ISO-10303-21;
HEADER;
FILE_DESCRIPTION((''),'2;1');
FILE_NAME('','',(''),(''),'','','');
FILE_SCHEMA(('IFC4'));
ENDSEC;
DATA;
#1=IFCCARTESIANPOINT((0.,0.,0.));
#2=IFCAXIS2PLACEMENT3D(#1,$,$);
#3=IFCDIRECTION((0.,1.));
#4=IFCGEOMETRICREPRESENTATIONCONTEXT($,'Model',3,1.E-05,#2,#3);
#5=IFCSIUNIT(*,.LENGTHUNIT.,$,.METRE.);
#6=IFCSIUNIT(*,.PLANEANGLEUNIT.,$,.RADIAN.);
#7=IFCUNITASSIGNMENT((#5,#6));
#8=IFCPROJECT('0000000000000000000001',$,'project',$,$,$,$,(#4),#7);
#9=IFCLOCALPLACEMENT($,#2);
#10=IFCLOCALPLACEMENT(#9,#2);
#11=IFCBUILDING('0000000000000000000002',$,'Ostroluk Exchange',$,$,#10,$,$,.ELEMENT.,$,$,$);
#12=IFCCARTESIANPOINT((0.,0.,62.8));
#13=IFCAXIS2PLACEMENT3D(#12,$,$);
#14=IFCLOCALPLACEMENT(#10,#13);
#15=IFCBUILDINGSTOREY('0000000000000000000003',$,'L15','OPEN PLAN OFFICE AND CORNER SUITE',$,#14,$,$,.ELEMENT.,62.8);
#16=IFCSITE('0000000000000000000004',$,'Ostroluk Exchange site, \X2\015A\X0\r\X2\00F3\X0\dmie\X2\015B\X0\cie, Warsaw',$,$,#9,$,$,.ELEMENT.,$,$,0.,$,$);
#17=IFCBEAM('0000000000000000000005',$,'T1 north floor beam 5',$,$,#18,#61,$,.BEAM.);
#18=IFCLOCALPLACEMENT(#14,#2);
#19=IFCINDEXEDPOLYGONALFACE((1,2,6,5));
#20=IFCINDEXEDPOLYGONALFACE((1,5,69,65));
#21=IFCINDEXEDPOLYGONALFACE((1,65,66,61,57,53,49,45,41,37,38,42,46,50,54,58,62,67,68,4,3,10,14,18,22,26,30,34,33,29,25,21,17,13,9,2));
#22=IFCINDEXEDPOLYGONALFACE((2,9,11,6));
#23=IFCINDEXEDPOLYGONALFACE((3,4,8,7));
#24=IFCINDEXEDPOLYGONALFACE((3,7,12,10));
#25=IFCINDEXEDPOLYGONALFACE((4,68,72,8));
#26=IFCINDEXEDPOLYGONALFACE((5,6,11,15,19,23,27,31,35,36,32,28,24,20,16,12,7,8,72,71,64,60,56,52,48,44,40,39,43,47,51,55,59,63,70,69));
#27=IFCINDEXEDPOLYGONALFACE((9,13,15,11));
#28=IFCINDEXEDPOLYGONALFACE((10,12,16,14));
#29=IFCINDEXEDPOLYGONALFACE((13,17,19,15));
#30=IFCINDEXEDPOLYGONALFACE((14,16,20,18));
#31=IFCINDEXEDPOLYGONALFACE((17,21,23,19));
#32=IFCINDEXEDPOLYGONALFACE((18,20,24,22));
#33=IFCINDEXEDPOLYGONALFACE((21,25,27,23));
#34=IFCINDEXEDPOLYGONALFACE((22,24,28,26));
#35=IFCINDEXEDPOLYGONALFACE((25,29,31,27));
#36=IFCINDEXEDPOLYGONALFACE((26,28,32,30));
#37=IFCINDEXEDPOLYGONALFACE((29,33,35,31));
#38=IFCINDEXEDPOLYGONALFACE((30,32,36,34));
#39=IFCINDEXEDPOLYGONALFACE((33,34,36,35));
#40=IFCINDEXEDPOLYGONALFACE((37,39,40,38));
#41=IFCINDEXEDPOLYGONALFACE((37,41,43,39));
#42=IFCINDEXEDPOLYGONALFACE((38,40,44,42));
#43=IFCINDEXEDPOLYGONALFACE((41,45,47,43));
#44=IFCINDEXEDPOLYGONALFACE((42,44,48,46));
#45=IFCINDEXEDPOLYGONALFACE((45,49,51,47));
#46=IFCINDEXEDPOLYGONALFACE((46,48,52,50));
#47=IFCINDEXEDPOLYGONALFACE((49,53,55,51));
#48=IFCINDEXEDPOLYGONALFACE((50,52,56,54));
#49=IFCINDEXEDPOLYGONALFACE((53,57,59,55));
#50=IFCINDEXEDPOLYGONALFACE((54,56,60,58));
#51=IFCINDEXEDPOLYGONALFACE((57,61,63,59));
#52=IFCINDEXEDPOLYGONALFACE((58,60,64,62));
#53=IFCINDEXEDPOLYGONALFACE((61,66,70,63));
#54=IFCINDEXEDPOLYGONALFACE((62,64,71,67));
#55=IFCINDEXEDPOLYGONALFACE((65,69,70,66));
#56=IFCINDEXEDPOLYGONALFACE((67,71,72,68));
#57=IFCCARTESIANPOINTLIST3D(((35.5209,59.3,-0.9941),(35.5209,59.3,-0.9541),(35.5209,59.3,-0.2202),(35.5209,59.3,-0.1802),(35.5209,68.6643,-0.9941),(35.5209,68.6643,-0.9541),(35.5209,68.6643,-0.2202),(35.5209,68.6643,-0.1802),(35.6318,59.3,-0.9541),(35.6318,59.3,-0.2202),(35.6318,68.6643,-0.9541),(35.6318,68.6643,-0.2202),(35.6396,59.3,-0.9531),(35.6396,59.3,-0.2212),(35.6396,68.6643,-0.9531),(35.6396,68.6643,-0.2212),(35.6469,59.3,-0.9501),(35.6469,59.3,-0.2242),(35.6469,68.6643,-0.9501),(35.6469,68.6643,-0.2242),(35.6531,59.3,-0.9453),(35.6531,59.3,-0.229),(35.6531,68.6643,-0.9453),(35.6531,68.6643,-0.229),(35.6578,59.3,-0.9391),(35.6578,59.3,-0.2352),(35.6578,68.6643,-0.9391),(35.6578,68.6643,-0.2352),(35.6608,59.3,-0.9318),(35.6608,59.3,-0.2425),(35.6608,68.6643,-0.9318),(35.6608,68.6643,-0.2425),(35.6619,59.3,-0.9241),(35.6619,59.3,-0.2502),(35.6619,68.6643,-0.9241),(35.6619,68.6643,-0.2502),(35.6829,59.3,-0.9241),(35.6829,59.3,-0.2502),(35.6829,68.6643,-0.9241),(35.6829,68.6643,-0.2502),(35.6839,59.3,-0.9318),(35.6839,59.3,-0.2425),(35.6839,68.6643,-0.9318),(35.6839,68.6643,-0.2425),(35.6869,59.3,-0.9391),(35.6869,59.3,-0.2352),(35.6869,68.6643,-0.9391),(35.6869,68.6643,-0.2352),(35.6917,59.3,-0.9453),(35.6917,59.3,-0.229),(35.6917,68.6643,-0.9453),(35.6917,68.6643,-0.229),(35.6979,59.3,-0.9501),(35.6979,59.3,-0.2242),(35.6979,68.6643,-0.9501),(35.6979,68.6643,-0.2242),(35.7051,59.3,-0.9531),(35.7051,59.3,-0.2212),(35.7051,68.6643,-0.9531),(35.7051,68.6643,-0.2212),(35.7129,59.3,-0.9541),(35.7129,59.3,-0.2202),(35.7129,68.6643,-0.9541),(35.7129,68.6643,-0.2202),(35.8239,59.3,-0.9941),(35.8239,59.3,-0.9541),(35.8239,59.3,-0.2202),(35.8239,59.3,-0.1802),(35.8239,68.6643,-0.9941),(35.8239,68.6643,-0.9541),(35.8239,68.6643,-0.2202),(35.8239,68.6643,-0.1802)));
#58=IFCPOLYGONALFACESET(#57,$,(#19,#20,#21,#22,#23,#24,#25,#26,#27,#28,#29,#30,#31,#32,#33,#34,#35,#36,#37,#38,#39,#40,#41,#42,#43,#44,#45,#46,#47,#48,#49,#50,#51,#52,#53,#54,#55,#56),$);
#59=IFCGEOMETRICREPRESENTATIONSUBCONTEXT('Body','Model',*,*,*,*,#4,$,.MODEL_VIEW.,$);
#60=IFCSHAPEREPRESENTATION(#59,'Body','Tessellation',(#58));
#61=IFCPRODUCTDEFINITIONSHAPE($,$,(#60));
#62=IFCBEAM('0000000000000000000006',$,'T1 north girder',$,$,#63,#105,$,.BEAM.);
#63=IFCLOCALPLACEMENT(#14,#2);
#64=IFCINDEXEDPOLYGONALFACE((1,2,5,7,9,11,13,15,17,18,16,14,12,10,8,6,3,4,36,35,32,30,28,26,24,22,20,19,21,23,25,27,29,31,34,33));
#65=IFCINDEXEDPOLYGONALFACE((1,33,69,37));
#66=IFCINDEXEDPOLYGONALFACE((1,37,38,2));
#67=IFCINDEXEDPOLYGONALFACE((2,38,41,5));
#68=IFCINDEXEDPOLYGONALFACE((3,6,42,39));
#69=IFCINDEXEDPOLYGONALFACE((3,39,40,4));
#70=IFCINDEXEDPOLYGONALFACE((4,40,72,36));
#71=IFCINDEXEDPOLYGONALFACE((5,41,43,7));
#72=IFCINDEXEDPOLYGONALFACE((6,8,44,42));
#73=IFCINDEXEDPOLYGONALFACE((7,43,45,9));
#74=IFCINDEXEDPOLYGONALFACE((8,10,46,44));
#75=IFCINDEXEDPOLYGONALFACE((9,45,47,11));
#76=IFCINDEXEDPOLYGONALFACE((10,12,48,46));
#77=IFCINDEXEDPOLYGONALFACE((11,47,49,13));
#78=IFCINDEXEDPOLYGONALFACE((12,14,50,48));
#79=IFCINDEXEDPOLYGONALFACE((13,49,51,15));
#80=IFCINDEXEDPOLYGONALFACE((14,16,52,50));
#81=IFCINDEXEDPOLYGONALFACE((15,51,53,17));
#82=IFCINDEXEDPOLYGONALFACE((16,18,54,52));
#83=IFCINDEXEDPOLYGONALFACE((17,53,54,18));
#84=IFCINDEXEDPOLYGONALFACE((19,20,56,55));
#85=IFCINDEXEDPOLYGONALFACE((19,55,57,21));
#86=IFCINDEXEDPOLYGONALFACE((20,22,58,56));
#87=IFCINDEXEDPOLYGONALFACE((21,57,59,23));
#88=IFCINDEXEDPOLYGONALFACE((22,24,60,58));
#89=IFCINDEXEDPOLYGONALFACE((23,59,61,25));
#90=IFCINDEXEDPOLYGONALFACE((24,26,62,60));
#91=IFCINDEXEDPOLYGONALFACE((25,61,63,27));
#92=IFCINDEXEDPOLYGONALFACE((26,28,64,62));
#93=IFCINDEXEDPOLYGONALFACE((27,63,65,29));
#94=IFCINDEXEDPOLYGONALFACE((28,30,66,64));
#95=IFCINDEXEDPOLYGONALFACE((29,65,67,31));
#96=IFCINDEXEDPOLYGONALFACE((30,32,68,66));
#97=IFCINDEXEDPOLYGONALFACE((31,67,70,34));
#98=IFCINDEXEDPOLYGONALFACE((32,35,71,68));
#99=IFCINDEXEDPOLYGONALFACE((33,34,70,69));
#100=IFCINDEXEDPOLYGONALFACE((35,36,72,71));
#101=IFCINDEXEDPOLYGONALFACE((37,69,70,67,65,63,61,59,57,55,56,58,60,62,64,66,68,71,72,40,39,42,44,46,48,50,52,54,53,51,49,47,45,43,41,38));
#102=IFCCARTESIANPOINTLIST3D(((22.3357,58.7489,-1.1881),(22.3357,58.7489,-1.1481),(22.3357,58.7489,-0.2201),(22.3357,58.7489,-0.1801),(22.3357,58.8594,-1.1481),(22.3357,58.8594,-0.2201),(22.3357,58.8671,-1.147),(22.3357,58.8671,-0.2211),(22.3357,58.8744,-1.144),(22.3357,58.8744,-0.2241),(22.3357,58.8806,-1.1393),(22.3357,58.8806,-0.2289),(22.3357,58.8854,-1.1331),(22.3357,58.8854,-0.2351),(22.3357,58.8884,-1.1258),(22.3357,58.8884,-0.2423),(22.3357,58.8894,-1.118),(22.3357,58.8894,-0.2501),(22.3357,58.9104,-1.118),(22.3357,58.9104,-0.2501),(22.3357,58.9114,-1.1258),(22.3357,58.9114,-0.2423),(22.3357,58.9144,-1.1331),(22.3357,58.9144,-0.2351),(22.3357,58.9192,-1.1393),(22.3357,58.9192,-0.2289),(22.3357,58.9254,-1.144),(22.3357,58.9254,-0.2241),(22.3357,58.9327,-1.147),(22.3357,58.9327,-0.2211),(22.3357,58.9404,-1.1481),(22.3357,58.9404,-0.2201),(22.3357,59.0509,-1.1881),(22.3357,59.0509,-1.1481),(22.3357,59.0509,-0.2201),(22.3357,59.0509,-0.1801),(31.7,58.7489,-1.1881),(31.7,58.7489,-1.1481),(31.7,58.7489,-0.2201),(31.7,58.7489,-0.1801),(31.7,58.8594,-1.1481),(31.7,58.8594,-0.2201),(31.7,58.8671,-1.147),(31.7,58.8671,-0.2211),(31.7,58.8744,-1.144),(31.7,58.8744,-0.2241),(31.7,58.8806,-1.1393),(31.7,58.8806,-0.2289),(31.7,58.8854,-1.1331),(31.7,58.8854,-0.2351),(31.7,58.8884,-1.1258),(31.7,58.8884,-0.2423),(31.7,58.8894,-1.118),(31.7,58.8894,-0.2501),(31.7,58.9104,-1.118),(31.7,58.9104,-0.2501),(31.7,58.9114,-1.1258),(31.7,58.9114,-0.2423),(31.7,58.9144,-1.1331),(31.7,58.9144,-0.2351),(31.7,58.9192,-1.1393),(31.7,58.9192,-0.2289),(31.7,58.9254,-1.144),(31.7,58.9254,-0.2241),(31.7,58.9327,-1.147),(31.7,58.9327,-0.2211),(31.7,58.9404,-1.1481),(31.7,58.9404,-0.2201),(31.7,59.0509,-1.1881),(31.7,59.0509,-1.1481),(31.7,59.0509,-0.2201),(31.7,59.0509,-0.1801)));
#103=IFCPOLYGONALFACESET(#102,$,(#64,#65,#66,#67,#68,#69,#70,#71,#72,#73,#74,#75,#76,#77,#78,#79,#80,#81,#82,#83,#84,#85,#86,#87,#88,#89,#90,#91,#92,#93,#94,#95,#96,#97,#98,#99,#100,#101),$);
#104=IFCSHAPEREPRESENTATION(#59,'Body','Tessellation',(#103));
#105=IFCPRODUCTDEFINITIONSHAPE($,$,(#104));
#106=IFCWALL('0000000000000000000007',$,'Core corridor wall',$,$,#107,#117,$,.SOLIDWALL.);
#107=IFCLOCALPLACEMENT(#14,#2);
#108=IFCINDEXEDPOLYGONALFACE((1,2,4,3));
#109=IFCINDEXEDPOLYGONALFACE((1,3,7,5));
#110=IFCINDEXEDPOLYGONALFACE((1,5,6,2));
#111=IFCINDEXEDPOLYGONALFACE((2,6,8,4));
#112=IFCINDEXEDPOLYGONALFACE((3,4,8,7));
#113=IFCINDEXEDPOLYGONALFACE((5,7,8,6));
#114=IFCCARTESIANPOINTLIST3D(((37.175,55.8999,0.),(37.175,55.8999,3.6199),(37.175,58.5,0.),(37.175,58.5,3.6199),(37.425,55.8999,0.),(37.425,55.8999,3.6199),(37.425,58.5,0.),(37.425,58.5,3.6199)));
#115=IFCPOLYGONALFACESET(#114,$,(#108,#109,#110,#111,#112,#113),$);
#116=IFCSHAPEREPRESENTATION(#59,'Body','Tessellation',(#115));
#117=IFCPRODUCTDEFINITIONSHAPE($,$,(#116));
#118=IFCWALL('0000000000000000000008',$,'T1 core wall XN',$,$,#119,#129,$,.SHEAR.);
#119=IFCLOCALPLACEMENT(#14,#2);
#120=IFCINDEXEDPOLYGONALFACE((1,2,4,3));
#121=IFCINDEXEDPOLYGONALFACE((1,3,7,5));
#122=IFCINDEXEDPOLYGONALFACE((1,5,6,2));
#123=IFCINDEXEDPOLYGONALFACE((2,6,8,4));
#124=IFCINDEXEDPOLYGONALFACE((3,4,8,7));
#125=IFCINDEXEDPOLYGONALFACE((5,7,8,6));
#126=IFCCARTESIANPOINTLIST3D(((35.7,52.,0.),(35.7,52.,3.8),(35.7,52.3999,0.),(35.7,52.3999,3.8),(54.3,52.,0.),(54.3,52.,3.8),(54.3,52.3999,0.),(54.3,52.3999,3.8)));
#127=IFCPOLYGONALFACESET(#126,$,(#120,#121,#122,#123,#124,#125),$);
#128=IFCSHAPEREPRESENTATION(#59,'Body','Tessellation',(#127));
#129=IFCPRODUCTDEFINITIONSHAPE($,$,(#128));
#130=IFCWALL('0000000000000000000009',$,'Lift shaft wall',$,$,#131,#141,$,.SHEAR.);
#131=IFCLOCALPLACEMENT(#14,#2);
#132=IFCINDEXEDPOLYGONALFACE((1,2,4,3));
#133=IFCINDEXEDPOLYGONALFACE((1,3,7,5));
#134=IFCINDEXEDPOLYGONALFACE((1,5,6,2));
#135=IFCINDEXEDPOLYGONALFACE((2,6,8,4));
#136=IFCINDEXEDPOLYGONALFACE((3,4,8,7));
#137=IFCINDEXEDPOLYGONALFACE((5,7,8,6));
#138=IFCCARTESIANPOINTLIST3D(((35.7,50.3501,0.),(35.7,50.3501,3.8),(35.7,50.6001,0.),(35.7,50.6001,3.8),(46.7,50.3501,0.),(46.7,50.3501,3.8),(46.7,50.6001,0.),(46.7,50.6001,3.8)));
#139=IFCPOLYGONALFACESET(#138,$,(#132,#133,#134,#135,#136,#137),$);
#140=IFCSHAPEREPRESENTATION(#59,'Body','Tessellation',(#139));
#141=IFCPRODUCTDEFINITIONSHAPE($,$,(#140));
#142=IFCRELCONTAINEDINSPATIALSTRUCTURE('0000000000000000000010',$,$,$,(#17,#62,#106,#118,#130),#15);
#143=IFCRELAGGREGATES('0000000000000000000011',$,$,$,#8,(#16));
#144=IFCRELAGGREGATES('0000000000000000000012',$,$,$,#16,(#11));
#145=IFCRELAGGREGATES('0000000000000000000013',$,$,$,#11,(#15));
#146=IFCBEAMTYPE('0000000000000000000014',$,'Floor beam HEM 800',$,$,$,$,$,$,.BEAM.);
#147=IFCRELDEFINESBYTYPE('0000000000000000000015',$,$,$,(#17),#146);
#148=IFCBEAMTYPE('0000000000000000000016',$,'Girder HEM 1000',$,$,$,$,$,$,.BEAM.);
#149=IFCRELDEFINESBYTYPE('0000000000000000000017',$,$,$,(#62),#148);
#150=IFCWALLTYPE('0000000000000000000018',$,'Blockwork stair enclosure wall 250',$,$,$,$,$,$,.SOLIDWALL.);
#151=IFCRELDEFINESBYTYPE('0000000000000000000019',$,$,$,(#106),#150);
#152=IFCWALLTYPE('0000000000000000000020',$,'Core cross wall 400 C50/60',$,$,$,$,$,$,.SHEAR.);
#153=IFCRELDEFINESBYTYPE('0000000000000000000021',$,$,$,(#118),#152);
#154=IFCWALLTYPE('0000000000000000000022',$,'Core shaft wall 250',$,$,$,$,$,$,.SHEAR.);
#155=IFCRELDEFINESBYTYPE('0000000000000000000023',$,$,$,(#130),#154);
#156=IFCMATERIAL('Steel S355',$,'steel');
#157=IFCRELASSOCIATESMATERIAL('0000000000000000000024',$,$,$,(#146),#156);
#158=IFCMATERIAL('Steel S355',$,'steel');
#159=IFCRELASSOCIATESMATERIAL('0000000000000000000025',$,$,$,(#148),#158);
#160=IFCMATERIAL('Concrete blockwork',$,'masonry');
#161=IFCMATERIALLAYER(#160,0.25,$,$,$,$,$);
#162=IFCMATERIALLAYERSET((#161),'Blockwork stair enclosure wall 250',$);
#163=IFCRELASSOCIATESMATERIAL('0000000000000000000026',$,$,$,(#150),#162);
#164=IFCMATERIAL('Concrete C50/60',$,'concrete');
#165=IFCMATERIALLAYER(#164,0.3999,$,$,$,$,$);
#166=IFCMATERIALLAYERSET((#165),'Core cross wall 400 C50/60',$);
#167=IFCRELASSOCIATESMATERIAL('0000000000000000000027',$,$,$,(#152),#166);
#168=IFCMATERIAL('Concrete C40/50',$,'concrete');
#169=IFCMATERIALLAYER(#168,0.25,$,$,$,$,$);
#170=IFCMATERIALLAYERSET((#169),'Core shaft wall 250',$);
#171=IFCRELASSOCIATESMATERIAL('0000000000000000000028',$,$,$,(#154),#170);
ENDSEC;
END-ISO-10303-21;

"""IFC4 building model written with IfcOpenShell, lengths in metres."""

from ifc_helpers import new_model, si_unit, direction, frame, frame_2d, origin, origin_2d, place, context, subcontext, project, spatial, rectangle, i_section, extrude, material, layer, layer_set, material_profile, profile_set, type_object, element, save


model = new_model("IFC4")

# Units and contexts
model_context = context("Model", 3, precision=1e-05, world=origin(), true_north=direction((0.0, 1.0)))
body_context = subcontext(model_context, "Body", "Model", "MODEL_VIEW")
ifc_project = project(units=[si_unit("LENGTHUNIT", "METRE"), si_unit("PLANEANGLEUNIT", "RADIAN")], contexts=[model_context])

# Site, building, storey
site_placement = place(None, origin())
site = spatial("IfcSite", under=ifc_project, at=site_placement, Name="Ostroluk Exchange site, Śródmieście, Warsaw", CompositionType="ELEMENT", RefElevation=0.0)
building_placement = place(site_placement, origin())
building = spatial("IfcBuilding", under=site, at=building_placement, Name="Ostroluk Exchange", CompositionType="ELEMENT")
storey_placement = place(building_placement, frame((0.0, 0.0, 62.8)))
storey = spatial("IfcBuildingStorey", under=building, at=storey_placement, Name="L15", Description="OPEN PLAN OFFICE AND CORNER SUITE", CompositionType="ELEMENT", Elevation=62.8)

# Beams
ifc_material_1 = material(Name="Steel S355", Category="steel")
ifc_material_profile_1 = material_profile(ifc_material_1, i_section(OverallWidth=0.303, OverallDepth=0.814, WebThickness=0.021, FlangeThickness=0.04, FilletRadius=0.03, at=origin_2d()), Name="HEM 800")
ifc_profile_set_1 = profile_set([ifc_material_profile_1], Name="Steel S355")
beam_type_1 = type_object("IfcBeamType", Name="Floor beam HEM 800", PredefinedType="BEAM", material=ifc_profile_set_1)
beam_1_placement = place(storey_placement, frame((35.6724, 59.3, -0.5872), z_axis=(0.0, 1.0, 0.0), x_axis=(-1.0, 0.0, 0.0)))
element("IfcBeam", 1, at=beam_1_placement, inside=storey, type_object=beam_type_1, Name="T1 north floor beam 5", PredefinedType="BEAM", context=body_context, shape_type="SweptSolid", body=[
    extrude(i_section(OverallWidth=0.303, OverallDepth=0.814, WebThickness=0.021, FlangeThickness=0.04, FilletRadius=0.03, at=origin_2d()), origin(), (0.0, 0.0, 1.0), 9.3643),
])
ifc_material_2 = material(Name="Steel S355", Category="steel")
ifc_material_profile_2 = material_profile(ifc_material_2, i_section(OverallWidth=0.302, OverallDepth=1.0081, WebThickness=0.021, FlangeThickness=0.04, FilletRadius=0.03, at=origin_2d()), Name="HEM 1000")
ifc_profile_set_2 = profile_set([ifc_material_profile_2], Name="Steel S355")
beam_type_2 = type_object("IfcBeamType", Name="Girder HEM 1000", PredefinedType="BEAM", material=ifc_profile_set_2)
beam_2_placement = place(storey_placement, frame((31.7, 58.8999, -0.6841), z_axis=(-1.0, 0.0, 0.0), x_axis=(0.0, -1.0, 0.0)))
element("IfcBeam", 2, at=beam_2_placement, inside=storey, type_object=beam_type_2, Name="T1 north girder", PredefinedType="BEAM", context=body_context, shape_type="SweptSolid", body=[
    extrude(i_section(OverallWidth=0.302, OverallDepth=1.0081, WebThickness=0.021, FlangeThickness=0.04, FilletRadius=0.03, at=origin_2d()), origin(), (0.0, 0.0, 1.0), 9.3643),
])

# Walls
ifc_material_3 = material(Name="Concrete blockwork", Category="masonry")
ifc_layer_1 = layer(ifc_material_3, 0.25)
ifc_layer_set_1 = layer_set([ifc_layer_1], Name="Blockwork stair enclosure wall 250")
wall_type_1 = type_object("IfcWallType", Name="Blockwork stair enclosure wall 250", PredefinedType="SOLIDWALL", material=ifc_layer_set_1)
wall_1_placement = place(storey_placement, frame((37.3, 55.8999, 0.0), z_axis=(0.0, 0.0, 1.0), x_axis=(0.0, 1.0, 0.0)))
element("IfcWall", 3, at=wall_1_placement, inside=storey, type_object=wall_type_1, Name="Core corridor wall", PredefinedType="SOLIDWALL", context=body_context, shape_type="SweptSolid", body=[
    extrude(rectangle(XDim=2.6001, YDim=0.25, at=frame_2d((1.3, 0.0))), origin(), (0.0, 0.0, 1.0), 3.6199),
])
ifc_material_4 = material(Name="Concrete C50/60", Category="concrete")
ifc_layer_2 = layer(ifc_material_4, 0.3999)
ifc_layer_set_2 = layer_set([ifc_layer_2], Name="Core cross wall 400 C50/60")
wall_type_2 = type_object("IfcWallType", Name="Core cross wall 400 C50/60", PredefinedType="SHEAR", material=ifc_layer_set_2)
wall_2_placement = place(storey_placement, frame((35.7, 52.2, 0.0), z_axis=(0.0, 0.0, 1.0), x_axis=(1.0, 0.0, 0.0)))
element("IfcWall", 4, at=wall_2_placement, inside=storey, type_object=wall_type_2, Name="T1 core wall XN", PredefinedType="SHEAR", context=body_context, shape_type="SweptSolid", body=[
    extrude(rectangle(XDim=18.6001, YDim=0.3999, at=frame_2d((9.3, 0.0))), origin(), (0.0, 0.0, 1.0), 3.8),
])
ifc_material_5 = material(Name="Concrete C40/50", Category="concrete")
ifc_layer_3 = layer(ifc_material_5, 0.25)
ifc_layer_set_3 = layer_set([ifc_layer_3], Name="Core shaft wall 250")
wall_type_3 = type_object("IfcWallType", Name="Core shaft wall 250", PredefinedType="SHEAR", material=ifc_layer_set_3)
wall_3_placement = place(storey_placement, frame((35.7, 50.4751, 0.0), z_axis=(0.0, 0.0, 1.0), x_axis=(1.0, 0.0, 0.0)))
element("IfcWall", 5, at=wall_3_placement, inside=storey, type_object=wall_type_3, Name="Lift shaft wall", PredefinedType="SHEAR", context=body_context, shape_type="SweptSolid", body=[
    extrude(rectangle(XDim=11.0, YDim=0.25, at=frame_2d((5.5, 0.0))), origin(), (0.0, 0.0, 1.0), 3.8),
])

save(model, "model.ifc")
